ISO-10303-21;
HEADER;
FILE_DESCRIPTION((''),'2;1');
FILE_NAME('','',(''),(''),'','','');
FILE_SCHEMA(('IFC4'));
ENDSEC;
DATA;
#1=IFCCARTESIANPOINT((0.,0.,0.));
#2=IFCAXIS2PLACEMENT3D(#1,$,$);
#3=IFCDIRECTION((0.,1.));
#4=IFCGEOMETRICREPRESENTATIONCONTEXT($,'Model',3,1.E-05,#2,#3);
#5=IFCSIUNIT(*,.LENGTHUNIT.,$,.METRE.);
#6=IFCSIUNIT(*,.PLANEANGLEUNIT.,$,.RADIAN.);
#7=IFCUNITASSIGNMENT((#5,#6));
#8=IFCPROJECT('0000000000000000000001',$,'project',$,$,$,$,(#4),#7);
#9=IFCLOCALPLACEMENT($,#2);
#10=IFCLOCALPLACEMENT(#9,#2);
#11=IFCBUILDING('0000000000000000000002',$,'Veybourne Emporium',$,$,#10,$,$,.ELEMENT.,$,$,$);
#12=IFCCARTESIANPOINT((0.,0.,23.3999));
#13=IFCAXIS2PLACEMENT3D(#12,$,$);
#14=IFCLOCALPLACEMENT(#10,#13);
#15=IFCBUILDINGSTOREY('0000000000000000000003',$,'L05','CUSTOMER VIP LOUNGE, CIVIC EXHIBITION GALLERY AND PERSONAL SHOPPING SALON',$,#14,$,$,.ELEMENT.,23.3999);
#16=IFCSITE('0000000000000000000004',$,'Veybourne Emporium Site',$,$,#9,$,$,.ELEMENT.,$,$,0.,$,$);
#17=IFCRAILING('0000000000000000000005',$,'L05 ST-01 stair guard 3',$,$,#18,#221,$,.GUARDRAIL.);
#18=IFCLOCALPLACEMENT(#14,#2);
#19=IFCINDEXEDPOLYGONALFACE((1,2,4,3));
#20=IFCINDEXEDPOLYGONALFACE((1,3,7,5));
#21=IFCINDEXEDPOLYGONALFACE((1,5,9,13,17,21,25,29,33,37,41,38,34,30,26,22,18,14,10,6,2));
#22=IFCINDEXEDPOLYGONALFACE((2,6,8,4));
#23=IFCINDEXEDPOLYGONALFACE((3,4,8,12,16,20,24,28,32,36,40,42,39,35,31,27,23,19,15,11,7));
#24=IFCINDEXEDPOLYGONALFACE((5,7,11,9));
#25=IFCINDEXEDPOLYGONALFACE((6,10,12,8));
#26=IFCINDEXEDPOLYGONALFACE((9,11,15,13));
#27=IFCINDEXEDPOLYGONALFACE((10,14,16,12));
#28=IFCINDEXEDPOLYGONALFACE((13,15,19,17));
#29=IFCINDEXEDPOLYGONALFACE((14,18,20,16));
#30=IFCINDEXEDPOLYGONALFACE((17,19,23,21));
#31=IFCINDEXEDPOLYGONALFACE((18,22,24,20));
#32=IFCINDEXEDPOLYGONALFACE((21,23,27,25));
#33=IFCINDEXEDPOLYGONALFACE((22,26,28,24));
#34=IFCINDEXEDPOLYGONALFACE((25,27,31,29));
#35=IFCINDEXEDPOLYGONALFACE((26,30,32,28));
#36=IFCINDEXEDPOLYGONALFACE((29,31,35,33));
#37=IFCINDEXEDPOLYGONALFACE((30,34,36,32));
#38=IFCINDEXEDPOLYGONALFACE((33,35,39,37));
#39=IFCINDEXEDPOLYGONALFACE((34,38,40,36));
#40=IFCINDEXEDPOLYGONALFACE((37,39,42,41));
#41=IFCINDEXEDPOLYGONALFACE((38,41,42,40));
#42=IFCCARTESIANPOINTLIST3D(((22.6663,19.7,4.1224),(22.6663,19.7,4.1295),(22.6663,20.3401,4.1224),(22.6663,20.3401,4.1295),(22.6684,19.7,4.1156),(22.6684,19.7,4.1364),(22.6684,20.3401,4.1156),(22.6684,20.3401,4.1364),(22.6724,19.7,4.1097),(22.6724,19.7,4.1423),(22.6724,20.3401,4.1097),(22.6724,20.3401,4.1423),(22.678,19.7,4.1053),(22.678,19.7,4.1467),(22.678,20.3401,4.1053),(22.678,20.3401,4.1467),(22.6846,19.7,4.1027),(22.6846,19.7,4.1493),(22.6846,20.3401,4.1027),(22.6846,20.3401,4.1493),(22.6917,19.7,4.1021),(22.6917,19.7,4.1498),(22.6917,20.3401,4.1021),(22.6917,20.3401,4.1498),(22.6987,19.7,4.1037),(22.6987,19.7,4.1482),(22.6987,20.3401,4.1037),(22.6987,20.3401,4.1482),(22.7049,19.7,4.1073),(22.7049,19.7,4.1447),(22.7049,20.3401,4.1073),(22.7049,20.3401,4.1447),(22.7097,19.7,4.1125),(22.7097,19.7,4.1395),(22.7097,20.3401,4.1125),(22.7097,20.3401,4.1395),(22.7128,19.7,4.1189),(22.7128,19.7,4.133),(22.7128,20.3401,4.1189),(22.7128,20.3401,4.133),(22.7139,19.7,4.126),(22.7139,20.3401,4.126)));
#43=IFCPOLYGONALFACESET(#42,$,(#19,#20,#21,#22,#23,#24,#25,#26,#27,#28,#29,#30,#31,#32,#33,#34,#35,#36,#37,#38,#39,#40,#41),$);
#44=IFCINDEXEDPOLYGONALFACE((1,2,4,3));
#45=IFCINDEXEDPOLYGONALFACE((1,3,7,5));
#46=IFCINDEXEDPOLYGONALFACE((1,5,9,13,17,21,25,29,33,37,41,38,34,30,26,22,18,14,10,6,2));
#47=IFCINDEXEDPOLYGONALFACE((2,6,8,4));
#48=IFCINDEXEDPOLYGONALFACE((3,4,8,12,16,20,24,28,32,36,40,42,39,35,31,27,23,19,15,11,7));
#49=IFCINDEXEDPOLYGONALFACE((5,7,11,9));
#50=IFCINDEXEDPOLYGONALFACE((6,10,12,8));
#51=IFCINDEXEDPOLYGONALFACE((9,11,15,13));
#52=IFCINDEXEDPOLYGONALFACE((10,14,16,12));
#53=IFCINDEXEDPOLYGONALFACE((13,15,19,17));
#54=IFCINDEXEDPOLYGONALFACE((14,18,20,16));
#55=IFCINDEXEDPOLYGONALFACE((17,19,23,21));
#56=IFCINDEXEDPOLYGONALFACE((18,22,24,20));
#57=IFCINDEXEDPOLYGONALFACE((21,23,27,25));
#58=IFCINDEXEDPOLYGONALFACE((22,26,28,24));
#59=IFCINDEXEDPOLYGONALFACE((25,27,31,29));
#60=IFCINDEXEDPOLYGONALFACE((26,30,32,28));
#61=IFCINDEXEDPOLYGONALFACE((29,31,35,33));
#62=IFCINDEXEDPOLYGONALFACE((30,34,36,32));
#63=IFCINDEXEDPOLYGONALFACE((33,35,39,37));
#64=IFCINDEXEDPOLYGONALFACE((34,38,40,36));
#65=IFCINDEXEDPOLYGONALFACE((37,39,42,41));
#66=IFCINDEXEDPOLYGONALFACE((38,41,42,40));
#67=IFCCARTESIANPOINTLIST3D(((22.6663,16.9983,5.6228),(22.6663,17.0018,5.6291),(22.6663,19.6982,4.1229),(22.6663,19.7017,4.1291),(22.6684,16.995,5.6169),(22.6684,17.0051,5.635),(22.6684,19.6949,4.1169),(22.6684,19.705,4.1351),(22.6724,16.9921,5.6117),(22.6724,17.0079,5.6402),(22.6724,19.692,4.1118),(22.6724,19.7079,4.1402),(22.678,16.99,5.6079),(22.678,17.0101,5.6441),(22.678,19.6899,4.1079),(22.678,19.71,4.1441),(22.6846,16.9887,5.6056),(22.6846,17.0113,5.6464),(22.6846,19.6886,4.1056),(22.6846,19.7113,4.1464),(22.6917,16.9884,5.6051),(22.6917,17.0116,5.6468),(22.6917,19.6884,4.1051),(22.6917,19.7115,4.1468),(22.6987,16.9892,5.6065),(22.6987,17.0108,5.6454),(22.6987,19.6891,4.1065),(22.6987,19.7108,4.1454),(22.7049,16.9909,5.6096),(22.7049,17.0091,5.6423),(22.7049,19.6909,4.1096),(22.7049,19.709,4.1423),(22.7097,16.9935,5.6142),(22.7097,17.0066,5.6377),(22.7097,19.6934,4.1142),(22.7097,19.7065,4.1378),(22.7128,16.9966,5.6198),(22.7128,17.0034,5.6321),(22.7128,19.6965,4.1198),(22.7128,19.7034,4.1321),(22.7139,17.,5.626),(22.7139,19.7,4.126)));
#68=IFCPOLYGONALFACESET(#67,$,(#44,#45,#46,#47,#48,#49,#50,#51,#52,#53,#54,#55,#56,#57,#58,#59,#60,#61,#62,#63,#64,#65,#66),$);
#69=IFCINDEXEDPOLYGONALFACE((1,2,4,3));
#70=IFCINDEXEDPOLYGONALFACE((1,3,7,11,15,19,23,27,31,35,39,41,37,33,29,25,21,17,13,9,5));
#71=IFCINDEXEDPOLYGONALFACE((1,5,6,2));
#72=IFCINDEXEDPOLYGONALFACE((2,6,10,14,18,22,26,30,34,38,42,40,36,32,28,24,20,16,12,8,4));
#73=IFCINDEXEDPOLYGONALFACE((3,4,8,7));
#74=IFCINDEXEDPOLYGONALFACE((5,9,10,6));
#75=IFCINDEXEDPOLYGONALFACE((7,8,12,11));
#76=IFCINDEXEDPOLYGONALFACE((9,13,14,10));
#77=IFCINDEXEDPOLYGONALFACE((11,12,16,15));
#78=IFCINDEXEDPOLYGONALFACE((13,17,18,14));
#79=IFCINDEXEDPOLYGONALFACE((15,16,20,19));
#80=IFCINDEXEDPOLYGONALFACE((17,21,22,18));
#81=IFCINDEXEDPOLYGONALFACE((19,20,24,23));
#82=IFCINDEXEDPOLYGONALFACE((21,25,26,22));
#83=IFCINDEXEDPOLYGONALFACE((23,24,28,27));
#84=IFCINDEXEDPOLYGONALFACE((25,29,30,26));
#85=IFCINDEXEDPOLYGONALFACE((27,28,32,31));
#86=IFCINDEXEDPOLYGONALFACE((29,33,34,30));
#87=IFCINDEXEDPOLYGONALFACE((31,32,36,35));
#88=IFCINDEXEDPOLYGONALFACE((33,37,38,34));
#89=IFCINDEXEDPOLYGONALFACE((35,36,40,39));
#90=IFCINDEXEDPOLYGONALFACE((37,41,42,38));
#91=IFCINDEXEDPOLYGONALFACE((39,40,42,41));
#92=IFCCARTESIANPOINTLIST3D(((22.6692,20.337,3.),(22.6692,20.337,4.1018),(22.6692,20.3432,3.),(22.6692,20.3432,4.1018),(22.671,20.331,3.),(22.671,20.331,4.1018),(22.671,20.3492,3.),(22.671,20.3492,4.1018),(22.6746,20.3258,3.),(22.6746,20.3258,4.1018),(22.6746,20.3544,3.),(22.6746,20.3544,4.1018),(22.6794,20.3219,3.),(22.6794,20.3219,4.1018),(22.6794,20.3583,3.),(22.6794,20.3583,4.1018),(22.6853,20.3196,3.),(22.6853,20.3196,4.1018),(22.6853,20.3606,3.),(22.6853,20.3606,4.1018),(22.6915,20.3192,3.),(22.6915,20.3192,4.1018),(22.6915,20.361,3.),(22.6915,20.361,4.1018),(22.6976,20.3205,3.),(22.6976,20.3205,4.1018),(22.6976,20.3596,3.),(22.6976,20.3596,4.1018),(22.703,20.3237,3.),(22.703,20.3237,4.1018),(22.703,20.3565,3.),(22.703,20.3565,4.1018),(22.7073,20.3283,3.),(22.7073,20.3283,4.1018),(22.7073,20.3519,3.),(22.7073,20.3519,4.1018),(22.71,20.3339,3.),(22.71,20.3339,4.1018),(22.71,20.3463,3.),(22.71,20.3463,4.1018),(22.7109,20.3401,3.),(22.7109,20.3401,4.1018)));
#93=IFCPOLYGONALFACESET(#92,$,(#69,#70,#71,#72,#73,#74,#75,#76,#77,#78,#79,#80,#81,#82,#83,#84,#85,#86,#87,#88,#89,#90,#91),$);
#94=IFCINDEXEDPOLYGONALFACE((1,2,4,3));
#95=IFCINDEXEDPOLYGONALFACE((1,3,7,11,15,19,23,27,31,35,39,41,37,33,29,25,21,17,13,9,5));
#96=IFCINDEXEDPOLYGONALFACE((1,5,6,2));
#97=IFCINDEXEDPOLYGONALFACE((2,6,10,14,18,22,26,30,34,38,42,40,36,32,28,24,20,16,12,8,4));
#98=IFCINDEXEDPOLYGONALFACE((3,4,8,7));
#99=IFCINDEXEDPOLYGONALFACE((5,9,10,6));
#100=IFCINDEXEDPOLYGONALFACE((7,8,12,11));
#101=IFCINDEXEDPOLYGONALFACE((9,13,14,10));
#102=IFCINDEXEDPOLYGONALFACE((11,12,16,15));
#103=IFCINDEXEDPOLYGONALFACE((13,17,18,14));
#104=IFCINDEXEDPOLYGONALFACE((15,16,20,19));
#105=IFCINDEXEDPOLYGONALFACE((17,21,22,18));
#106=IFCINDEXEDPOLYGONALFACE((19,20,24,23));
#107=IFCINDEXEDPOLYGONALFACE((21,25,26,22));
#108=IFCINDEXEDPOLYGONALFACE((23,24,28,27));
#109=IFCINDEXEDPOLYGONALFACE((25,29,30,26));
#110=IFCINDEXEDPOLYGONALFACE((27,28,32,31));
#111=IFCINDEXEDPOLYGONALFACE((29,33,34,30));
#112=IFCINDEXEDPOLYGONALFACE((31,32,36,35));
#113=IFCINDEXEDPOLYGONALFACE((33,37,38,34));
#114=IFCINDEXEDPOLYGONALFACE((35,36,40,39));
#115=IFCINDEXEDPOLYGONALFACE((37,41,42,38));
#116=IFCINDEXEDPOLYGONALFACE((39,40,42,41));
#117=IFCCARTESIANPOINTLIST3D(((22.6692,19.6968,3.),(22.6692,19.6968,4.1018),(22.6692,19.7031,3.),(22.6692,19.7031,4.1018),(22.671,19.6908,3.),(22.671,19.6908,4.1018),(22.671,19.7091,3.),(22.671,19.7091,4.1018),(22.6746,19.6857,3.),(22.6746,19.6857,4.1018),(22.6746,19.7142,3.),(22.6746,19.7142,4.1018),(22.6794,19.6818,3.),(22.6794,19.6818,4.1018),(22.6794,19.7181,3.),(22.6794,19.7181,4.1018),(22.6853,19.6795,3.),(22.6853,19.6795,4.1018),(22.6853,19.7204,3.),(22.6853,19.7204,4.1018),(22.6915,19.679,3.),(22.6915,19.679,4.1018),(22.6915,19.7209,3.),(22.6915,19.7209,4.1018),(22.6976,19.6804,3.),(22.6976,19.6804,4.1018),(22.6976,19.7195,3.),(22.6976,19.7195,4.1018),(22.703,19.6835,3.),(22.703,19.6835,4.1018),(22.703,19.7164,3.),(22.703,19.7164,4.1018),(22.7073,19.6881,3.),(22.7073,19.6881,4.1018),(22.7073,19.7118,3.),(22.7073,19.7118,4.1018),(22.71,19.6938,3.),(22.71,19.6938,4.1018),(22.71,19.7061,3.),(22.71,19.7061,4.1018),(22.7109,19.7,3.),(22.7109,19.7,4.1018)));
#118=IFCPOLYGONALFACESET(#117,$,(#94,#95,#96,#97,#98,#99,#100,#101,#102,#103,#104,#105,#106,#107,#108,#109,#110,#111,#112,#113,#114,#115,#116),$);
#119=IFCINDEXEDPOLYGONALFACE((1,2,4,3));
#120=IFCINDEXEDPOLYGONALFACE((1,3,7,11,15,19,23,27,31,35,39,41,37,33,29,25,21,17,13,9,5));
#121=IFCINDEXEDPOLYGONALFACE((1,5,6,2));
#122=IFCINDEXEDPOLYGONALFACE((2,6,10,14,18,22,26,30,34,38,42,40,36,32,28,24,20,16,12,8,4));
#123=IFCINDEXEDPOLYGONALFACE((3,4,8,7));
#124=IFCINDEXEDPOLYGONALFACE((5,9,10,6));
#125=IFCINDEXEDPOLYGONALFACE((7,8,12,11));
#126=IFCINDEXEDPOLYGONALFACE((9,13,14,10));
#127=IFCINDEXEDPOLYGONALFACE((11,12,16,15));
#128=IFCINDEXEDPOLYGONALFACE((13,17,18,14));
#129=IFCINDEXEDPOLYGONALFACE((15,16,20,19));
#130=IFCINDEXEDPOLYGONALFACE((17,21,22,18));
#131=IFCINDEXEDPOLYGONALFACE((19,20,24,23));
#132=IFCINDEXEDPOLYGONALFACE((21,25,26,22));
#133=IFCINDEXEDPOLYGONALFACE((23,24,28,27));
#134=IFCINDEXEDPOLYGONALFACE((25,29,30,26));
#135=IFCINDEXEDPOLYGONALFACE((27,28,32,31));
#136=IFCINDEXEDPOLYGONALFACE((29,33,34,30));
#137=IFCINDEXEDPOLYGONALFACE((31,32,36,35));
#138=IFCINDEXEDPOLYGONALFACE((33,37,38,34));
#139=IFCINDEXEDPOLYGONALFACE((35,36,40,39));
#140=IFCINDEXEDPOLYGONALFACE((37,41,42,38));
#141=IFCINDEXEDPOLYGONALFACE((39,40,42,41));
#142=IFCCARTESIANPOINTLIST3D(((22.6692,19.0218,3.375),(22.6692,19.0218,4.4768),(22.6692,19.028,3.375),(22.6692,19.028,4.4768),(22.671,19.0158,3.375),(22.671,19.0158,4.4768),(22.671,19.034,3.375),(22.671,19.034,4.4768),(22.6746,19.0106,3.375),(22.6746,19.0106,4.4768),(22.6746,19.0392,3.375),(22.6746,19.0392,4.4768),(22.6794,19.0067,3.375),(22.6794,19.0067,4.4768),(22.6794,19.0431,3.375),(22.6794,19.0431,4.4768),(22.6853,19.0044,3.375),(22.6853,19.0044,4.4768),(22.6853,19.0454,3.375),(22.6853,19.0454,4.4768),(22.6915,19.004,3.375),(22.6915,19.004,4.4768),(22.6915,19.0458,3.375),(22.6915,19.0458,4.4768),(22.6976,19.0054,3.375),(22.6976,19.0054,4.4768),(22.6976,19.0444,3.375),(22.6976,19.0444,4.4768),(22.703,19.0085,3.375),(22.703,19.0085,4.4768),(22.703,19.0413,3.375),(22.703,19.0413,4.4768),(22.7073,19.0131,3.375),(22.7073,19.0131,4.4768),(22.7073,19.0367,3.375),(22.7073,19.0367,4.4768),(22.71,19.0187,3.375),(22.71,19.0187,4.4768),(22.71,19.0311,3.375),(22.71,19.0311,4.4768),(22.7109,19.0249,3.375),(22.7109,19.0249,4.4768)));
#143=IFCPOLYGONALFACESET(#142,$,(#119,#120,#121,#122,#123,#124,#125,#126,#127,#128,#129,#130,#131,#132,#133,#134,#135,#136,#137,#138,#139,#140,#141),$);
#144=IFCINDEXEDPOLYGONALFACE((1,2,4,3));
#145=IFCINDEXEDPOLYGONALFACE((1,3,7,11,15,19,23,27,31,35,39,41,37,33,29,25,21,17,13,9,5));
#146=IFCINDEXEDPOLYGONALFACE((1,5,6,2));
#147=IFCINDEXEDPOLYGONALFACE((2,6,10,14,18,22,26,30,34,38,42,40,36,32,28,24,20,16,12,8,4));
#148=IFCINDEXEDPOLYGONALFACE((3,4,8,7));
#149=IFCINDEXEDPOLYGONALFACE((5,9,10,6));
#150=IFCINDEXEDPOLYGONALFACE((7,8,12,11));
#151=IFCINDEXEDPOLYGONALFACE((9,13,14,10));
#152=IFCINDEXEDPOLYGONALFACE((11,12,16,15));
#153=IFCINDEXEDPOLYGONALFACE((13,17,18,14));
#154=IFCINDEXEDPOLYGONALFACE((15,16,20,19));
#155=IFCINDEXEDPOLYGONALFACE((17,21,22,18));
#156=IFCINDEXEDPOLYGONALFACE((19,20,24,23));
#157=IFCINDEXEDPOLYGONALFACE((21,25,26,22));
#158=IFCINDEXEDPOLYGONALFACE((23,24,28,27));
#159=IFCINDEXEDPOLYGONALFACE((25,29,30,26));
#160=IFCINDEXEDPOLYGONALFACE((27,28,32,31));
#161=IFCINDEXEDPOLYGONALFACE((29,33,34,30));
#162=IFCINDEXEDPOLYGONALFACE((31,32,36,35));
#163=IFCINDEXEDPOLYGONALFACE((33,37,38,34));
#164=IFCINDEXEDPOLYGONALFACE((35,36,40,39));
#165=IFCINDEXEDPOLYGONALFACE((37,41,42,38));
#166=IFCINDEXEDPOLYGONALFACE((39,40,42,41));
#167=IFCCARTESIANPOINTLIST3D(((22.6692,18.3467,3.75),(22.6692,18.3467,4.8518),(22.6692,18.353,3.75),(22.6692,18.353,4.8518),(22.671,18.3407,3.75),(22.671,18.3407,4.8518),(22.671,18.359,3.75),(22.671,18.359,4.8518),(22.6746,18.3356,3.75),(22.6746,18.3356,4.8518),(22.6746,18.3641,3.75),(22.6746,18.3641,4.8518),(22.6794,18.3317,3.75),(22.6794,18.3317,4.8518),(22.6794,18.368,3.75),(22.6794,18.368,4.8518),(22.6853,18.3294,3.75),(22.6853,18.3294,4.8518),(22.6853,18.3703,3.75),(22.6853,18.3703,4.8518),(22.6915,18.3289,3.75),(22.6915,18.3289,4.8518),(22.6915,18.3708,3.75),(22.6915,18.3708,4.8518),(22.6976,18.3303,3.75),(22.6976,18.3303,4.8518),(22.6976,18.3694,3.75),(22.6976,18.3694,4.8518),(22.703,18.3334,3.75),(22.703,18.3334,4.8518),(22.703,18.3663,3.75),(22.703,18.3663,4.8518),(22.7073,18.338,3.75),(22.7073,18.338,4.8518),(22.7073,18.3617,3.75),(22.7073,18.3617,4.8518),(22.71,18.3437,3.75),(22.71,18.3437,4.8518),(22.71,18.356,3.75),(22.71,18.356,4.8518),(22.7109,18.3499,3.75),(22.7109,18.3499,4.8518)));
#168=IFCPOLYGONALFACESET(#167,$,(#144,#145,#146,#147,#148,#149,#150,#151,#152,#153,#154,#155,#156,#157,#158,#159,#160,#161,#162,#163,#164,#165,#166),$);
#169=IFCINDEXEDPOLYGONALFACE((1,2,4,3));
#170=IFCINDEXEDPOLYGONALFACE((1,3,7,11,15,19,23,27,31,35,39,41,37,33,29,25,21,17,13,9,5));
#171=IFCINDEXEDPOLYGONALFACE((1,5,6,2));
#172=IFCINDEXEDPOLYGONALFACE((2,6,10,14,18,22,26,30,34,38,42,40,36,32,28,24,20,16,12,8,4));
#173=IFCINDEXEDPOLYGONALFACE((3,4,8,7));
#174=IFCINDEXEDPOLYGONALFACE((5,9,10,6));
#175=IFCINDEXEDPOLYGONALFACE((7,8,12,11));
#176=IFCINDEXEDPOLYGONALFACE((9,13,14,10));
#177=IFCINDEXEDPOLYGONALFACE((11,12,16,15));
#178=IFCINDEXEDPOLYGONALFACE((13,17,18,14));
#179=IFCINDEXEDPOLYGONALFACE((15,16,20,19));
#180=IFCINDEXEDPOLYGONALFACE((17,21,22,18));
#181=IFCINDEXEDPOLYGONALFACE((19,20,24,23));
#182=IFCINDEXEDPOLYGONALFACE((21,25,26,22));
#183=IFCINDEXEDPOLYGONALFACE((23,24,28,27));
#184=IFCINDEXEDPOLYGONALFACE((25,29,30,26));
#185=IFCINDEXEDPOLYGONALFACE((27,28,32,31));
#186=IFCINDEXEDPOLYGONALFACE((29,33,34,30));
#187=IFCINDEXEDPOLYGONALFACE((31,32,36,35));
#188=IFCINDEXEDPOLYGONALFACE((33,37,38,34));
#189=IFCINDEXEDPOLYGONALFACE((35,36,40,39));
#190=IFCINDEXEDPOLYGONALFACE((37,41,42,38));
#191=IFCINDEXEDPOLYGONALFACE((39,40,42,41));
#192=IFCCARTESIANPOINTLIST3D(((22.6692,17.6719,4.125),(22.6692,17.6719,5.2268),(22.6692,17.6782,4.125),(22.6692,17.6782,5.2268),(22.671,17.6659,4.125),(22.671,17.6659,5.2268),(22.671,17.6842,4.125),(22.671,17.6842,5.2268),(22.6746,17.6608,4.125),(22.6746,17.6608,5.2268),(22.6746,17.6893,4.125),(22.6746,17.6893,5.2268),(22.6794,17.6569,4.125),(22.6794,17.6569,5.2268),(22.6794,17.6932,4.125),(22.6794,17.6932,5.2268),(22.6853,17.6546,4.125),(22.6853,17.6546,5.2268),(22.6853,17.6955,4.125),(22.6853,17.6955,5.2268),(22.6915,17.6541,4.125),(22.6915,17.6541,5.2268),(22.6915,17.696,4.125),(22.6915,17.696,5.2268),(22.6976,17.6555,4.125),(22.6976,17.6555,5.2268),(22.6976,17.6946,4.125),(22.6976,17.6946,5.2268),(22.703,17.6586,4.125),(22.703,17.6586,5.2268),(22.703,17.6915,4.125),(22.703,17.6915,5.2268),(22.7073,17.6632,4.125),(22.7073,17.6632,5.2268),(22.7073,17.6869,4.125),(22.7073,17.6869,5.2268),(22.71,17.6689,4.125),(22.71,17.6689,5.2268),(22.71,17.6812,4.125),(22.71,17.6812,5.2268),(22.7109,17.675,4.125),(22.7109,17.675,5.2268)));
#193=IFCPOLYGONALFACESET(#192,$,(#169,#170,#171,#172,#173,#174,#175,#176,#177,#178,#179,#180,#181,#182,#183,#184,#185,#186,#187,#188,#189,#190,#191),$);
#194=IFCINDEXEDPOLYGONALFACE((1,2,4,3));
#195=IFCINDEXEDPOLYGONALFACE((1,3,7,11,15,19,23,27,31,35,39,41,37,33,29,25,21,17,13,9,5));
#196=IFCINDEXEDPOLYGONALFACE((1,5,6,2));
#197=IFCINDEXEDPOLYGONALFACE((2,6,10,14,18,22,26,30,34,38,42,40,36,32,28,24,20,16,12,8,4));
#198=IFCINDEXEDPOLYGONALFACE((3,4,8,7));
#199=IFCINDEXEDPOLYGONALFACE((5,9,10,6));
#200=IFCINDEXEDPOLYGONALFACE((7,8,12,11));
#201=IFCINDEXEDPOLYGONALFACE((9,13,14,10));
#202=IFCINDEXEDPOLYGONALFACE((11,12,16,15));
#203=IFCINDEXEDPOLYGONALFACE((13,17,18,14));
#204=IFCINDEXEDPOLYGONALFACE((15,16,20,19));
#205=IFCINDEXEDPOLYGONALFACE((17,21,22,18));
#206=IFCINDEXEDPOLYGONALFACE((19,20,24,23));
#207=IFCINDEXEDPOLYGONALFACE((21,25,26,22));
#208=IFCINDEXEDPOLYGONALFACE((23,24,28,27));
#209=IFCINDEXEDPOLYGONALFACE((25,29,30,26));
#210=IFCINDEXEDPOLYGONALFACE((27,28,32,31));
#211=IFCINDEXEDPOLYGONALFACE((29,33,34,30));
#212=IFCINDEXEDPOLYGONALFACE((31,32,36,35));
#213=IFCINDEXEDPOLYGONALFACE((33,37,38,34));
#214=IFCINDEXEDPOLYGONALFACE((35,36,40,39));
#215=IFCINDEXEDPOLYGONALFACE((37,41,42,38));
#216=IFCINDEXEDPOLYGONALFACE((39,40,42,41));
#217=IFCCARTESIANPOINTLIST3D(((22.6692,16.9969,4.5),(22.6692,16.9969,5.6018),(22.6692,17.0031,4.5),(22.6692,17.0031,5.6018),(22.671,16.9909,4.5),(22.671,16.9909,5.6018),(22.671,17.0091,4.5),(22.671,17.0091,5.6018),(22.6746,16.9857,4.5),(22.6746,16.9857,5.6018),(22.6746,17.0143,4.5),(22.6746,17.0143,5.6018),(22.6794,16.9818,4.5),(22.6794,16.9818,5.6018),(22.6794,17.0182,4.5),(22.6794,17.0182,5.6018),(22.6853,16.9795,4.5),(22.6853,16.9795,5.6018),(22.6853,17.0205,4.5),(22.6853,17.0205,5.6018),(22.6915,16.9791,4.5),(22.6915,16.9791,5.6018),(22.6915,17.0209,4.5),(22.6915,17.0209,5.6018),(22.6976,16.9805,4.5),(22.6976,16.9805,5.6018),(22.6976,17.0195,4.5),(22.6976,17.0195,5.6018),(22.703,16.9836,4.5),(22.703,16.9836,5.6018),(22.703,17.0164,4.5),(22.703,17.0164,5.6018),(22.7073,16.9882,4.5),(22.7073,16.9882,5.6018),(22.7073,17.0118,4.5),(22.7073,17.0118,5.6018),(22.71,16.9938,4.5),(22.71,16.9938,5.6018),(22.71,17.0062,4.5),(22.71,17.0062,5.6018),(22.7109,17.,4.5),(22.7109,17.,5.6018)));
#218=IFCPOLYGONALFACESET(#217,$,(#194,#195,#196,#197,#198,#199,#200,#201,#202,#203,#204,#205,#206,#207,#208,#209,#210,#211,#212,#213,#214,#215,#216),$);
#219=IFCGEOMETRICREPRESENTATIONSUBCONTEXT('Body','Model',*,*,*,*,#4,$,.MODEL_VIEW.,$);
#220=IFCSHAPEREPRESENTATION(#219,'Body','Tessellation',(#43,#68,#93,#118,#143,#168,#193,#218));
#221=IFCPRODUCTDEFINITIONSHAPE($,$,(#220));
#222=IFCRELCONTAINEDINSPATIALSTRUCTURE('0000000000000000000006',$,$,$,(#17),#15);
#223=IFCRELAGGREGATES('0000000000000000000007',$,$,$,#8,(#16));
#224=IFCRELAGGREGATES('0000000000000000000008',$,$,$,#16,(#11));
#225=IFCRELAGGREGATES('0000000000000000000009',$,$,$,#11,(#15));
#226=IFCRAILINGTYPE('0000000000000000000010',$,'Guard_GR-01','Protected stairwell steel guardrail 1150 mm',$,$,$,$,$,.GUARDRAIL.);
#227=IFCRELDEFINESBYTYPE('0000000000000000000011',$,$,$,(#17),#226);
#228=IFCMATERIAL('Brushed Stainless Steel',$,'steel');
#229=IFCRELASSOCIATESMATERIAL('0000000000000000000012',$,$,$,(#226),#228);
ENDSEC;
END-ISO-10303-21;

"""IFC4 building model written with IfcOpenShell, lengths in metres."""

from ifc_helpers import new_model, si_unit, direction, frame, origin, origin_2d, place, context, subcontext, project, spatial, circle, extrude, material, type_object, element, save


model = new_model("IFC4")

# Units and contexts
model_context = context("Model", 3, precision=1e-05, world=origin(), true_north=direction((0.0, 1.0)))
body_context = subcontext(model_context, "Body", "Model", "MODEL_VIEW")
ifc_project = project(units=[si_unit("LENGTHUNIT", "METRE"), si_unit("PLANEANGLEUNIT", "RADIAN")], contexts=[model_context])

# Site, building, storey
site_placement = place(None, origin())
site = spatial("IfcSite", under=ifc_project, at=site_placement, Name="Veybourne Emporium Site", CompositionType="ELEMENT", RefElevation=0.0)
building_placement = place(site_placement, origin())
building = spatial("IfcBuilding", under=site, at=building_placement, Name="Veybourne Emporium", CompositionType="ELEMENT")
storey_placement = place(building_placement, frame((0.0, 0.0, 23.3999)))
storey = spatial("IfcBuildingStorey", under=building, at=storey_placement, Name="L05", Description="CUSTOMER VIP LOUNGE, CIVIC EXHIBITION GALLERY AND PERSONAL SHOPPING SALON", CompositionType="ELEMENT", Elevation=23.3999)

# Railing
ifc_material_1 = material(Name="Brushed Stainless Steel", Category="steel")
railing_type_1 = type_object("IfcRailingType", Name="Guard_GR-01", Description="Protected stairwell steel guardrail 1150 mm", PredefinedType="GUARDRAIL", material=ifc_material_1)
railing_1_placement = place(storey_placement, frame((22.6899, 20.3401, 3.0)))
element("IfcRailing", 1, at=railing_1_placement, inside=storey, type_object=railing_type_1, Name="L05 ST-01 stair guard 3", PredefinedType="GUARDRAIL", context=body_context, shape_type="SweptSolid", body=[
    extrude(circle(Radius=0.0239, at=origin_2d()), frame((0.0, 0.0, 1.126), z_axis=(0.0, -1.0, 0.0), x_axis=(1.0, 0.0, 0.0)), (0.0, 0.0, 1.0), 0.6401),
    extrude(circle(Radius=0.0239, at=origin_2d()), frame((0.0, -0.6401, 1.126), z_axis=(0.0, -0.874154, 0.48565), x_axis=(1.0, 0.0, 0.0)), (0.0, 0.0, 1.0), 3.0886),
    extrude(circle(Radius=0.021, at=origin_2d()), origin(), (0.0, 0.0, 1.0), 1.1018),
    extrude(circle(Radius=0.021, at=origin_2d()), frame((0.0, -0.6401, 0.0)), (0.0, 0.0, 1.0), 1.1018),
    extrude(circle(Radius=0.021, at=origin_2d()), frame((0.0, -1.3152, 0.375)), (0.0, 0.0, 1.0), 1.1018),
    extrude(circle(Radius=0.021, at=origin_2d()), frame((0.0, -1.9902, 0.75)), (0.0, 0.0, 1.0), 1.1018),
    extrude(circle(Radius=0.021, at=origin_2d()), frame((0.0, -2.665, 1.125)), (0.0, 0.0, 1.0), 1.1018),
    extrude(circle(Radius=0.021, at=origin_2d()), frame((0.0, -3.3401, 1.5)), (0.0, 0.0, 1.0), 1.1018),
])

save(model, "model.ifc")
